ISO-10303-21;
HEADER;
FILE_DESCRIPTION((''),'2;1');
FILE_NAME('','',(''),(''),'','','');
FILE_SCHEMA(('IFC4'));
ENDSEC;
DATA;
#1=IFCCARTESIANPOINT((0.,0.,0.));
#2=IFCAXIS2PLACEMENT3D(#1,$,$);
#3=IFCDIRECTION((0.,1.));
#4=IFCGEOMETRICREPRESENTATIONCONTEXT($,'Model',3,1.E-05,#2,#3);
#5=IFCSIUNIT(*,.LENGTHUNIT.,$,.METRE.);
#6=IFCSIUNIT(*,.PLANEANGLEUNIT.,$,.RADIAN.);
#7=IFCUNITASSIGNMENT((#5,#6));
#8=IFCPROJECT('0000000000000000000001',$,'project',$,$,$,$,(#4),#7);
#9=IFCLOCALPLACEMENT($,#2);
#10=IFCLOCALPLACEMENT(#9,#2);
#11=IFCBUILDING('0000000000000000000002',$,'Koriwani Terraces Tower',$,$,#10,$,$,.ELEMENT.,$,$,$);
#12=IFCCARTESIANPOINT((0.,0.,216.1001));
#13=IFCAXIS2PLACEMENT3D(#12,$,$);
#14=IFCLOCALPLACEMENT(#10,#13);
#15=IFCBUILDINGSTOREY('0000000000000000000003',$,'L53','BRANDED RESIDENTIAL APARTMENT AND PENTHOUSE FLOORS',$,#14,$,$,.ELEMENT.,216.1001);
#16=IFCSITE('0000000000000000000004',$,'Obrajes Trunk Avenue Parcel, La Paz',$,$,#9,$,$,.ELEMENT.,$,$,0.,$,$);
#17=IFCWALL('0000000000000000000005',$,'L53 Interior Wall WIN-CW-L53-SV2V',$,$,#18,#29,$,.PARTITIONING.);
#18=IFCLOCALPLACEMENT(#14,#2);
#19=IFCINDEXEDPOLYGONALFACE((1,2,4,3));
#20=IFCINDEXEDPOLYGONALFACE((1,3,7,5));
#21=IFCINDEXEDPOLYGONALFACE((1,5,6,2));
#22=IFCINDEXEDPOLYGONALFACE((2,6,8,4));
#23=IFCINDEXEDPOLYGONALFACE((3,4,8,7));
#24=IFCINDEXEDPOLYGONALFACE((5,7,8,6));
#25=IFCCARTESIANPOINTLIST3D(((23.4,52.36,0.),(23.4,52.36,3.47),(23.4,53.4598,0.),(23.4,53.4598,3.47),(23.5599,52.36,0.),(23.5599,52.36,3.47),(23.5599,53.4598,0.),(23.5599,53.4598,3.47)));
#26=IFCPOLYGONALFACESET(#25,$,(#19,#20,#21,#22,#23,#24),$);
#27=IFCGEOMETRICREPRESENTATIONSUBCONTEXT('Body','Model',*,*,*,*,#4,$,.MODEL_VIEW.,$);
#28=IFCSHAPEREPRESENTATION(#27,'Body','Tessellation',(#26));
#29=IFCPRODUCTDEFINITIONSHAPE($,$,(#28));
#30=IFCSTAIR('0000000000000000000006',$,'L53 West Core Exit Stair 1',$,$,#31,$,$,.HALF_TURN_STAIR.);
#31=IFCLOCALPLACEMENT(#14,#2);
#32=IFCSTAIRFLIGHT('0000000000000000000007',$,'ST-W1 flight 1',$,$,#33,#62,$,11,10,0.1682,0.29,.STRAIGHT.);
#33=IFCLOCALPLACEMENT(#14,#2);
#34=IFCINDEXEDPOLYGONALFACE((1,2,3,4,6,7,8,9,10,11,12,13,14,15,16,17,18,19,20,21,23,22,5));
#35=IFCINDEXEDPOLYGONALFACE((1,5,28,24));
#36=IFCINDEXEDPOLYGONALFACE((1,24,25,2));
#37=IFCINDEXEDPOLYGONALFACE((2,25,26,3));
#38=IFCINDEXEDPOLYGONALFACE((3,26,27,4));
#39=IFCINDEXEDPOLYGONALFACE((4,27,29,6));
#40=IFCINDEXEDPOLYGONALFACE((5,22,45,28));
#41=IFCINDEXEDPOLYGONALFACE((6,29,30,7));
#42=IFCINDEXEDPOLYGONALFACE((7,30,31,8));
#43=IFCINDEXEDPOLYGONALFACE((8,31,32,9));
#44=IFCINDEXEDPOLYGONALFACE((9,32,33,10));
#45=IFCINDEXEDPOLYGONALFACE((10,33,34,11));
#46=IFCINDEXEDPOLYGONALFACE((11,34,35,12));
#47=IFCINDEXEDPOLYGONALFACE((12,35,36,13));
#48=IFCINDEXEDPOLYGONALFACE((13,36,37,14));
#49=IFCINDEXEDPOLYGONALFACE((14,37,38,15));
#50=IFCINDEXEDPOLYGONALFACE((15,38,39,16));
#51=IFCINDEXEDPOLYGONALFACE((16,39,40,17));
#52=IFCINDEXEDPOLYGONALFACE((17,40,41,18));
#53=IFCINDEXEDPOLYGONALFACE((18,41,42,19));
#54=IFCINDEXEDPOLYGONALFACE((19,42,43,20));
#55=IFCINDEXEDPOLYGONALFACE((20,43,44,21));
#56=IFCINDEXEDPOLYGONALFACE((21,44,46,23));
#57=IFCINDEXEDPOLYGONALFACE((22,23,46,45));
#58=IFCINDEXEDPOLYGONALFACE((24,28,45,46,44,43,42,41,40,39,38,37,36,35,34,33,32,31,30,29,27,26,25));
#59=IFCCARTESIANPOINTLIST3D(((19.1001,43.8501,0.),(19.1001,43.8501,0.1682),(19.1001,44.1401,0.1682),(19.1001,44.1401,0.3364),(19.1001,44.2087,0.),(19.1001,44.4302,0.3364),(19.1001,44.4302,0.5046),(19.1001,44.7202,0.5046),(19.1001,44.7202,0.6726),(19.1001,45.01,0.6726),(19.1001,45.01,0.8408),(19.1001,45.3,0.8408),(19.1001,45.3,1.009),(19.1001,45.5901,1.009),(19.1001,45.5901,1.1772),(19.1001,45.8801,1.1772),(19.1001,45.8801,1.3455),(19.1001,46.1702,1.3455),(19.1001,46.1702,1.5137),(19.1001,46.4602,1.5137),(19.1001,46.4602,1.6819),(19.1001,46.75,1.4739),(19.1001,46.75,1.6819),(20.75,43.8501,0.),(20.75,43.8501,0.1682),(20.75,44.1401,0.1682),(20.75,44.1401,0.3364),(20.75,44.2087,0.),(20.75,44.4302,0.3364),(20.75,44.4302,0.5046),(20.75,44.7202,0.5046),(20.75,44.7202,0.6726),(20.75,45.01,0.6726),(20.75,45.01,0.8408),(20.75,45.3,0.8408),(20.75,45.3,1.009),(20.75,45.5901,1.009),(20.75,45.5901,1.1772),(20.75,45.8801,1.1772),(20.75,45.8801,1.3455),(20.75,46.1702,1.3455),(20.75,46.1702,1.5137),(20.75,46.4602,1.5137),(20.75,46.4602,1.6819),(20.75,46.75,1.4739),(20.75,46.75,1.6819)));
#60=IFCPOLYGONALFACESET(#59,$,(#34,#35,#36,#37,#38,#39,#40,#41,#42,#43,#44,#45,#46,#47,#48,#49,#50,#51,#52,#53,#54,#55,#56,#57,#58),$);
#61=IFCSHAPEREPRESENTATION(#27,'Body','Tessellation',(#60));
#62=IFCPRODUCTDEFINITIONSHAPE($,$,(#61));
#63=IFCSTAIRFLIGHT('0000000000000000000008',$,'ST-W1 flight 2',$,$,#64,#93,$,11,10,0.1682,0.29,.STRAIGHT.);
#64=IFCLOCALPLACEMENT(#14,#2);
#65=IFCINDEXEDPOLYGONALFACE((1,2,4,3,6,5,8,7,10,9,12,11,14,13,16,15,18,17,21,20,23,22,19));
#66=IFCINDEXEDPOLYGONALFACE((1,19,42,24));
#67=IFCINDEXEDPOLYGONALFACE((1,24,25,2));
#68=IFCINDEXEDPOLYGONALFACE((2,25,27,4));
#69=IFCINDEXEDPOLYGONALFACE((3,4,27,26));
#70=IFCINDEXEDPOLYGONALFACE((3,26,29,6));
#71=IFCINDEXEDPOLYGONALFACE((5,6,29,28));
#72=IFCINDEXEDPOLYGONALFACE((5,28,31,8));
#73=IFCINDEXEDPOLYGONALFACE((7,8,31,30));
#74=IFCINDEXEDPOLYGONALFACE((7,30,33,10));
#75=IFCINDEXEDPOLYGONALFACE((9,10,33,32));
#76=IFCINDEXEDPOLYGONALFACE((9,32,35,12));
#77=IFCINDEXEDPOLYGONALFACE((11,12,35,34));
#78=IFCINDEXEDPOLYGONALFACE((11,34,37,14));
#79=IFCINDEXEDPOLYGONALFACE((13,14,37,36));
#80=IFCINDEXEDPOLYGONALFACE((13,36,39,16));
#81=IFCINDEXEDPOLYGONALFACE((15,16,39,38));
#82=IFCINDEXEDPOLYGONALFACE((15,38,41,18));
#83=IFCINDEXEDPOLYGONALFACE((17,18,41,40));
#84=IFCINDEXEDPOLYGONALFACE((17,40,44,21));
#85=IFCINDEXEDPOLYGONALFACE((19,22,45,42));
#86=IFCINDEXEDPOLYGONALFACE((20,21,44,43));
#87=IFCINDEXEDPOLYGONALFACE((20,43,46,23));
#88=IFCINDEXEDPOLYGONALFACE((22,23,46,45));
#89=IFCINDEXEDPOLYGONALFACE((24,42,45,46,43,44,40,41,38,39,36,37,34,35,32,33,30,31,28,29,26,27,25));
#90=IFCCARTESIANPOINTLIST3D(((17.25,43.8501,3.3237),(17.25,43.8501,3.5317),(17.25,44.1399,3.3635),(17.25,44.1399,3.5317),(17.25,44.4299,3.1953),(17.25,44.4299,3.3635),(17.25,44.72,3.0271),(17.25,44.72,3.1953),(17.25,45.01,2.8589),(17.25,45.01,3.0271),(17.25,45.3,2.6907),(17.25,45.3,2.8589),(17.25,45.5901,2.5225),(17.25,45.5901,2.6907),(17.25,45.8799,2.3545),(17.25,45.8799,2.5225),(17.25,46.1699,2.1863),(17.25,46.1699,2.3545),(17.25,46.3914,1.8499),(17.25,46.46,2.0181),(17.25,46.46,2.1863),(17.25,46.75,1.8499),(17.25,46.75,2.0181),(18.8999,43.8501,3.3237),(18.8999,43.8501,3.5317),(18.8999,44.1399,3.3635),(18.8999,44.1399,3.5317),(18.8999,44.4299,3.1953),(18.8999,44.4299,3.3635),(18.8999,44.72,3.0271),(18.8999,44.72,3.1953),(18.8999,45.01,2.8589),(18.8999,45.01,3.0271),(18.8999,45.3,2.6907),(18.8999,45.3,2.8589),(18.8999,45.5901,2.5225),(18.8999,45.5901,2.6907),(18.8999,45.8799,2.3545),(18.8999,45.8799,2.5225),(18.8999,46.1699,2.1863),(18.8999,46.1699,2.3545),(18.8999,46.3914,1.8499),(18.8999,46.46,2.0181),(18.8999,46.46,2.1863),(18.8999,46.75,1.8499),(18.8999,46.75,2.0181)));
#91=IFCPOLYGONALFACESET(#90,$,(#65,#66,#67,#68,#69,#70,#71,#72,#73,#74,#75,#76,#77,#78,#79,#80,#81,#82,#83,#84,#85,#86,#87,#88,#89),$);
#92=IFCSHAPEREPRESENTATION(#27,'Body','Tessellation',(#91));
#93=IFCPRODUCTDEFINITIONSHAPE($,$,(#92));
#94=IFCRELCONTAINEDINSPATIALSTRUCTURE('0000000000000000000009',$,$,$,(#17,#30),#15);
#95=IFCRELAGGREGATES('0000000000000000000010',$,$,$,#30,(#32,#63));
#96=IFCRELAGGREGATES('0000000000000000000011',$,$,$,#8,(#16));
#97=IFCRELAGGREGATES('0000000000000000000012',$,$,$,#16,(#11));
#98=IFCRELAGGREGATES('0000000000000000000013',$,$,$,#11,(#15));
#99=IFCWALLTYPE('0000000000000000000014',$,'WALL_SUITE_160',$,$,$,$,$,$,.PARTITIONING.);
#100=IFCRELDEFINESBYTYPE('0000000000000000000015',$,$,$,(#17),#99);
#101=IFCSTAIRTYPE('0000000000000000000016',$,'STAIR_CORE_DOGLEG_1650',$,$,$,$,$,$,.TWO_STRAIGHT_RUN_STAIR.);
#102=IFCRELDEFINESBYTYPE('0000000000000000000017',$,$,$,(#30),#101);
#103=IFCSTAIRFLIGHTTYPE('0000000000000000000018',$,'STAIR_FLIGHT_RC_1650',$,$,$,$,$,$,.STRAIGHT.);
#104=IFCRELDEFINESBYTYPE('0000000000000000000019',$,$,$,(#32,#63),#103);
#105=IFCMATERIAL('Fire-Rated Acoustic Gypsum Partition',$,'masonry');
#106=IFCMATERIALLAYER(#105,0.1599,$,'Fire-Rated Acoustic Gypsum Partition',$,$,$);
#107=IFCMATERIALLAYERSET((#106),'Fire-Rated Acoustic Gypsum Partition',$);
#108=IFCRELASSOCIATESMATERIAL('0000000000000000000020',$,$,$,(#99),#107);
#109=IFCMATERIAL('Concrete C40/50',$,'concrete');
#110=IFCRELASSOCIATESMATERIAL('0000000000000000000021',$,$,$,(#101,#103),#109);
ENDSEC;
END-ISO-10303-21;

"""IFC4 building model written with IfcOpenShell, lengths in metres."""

from ifc_helpers import new_model, si_unit, direction, frame, frame_2d, origin, place, context, subcontext, project, spatial, polyline, rectangle, outline, extrude, material, layer, layer_set, type_object, element, aggregate, save


model = new_model("IFC4")

# Units and contexts
model_context = context("Model", 3, precision=1e-05, world=origin(), true_north=direction((0.0, 1.0)))
body_context = subcontext(model_context, "Body", "Model", "MODEL_VIEW")
ifc_project = project(units=[si_unit("LENGTHUNIT", "METRE"), si_unit("PLANEANGLEUNIT", "RADIAN")], contexts=[model_context])

# Site, building, storey
site_placement = place(None, origin())
site = spatial("IfcSite", under=ifc_project, at=site_placement, Name="Obrajes Trunk Avenue Parcel, La Paz", CompositionType="ELEMENT", RefElevation=0.0)
building_placement = place(site_placement, origin())
building = spatial("IfcBuilding", under=site, at=building_placement, Name="Koriwani Terraces Tower", CompositionType="ELEMENT")
storey_placement = place(building_placement, frame((0.0, 0.0, 216.1001)))
storey = spatial("IfcBuildingStorey", under=building, at=storey_placement, Name="L53", Description="BRANDED RESIDENTIAL APARTMENT AND PENTHOUSE FLOORS", CompositionType="ELEMENT", Elevation=216.1001)

# Shared definitions
ifc_material_1 = material(Name="Concrete C40/50", Category="concrete")

# Shared definitions
ifc_material_2 = material(Name="Fire-Rated Acoustic Gypsum Partition", Category="masonry")
ifc_layer_1 = layer(ifc_material_2, 0.1599, Name="Fire-Rated Acoustic Gypsum Partition")
ifc_layer_set_1 = layer_set([ifc_layer_1], Name="Fire-Rated Acoustic Gypsum Partition")
wall_type_1 = type_object("IfcWallType", Name="WALL_SUITE_160", PredefinedType="PARTITIONING", material=ifc_layer_set_1)

# Wall
wall_1_placement = place(storey_placement, frame((23.48, 52.3601, 0.0), z_axis=(0.0, 0.0, 1.0), x_axis=(0.0, 1.0, 0.0)))
element("IfcWall", 1, at=wall_1_placement, inside=storey, type_object=wall_type_1, Name="L53 Interior Wall WIN-CW-L53-SV2V", PredefinedType="PARTITIONING", context=body_context, shape_type="SweptSolid", body=[
    extrude(rectangle(XDim=1.0999, YDim=0.1599, at=frame_2d((0.5498, 0.0))), origin(), (0.0, 0.0, 1.0), 3.47),
])

# Stair, stair flights
stair_type = type_object("IfcStairType", Name="STAIR_CORE_DOGLEG_1650", PredefinedType="TWO_STRAIGHT_RUN_STAIR", material=ifc_material_1)
stair_placement = place(storey_placement, origin())
stair = element("IfcStair", 2, at=stair_placement, inside=storey, type_object=stair_type, Name="L53 West Core Exit Stair 1", PredefinedType="HALF_TURN_STAIR")
stair_flight_type = type_object("IfcStairFlightType", Name="STAIR_FLIGHT_RC_1650", PredefinedType="STRAIGHT", material=ifc_material_1)
stair_flight_1_placement = place(storey_placement, frame((19.925, 43.8501, 0.0), z_axis=(0.0, 0.0, 1.0), x_axis=(0.0, 1.0, 0.0)))
stair_flight_1 = element("IfcStairFlight", 3, at=stair_flight_1_placement, type_object=stair_flight_type, Name="ST-W1 flight 1", NumberOfRisers=11, NumberOfTreads=10, PredefinedType="STRAIGHT", RiserHeight=0.1682, TreadLength=0.29, context=body_context, shape_type="SweptSolid", body=[
    extrude(outline(polyline([(0.0, 0.0), (0.0, 0.1682), (0.29, 0.1682), (0.29, 0.3364), (0.5801, 0.3364), (0.5801, 0.5046), (0.8701, 0.5046), (0.8701, 0.6726), (1.1599, 0.6726), (1.1599, 0.8408), (1.45, 0.8408), (1.45, 1.009), (1.74, 1.009), (1.74, 1.1772), (2.03, 1.1772), (2.03, 1.3455), (2.3201, 1.3455), (2.3201, 1.5137), (2.6101, 1.5137), (2.6101, 1.6819), (2.8999, 1.6819), (2.8999, 1.8501), (2.8999, 1.4739), (0.3586, 0.0), (0.0, 0.0)])), frame((0.0, 0.825, 0.0), z_axis=(0.0, -1.0, 0.0), x_axis=(1.0, 0.0, 0.0)), (0.0, 0.0, 1.0), 1.6499),
])
stair_flight_2_placement = place(storey_placement, frame((18.075, 46.75, 1.8499), z_axis=(0.0, 0.0, 1.0), x_axis=(0.0, -1.0, 0.0)))
stair_flight_2 = element("IfcStairFlight", 4, at=stair_flight_2_placement, type_object=stair_flight_type, Name="ST-W1 flight 2", NumberOfRisers=11, NumberOfTreads=10, PredefinedType="STRAIGHT", RiserHeight=0.1682, TreadLength=0.29, context=body_context, shape_type="SweptSolid", body=[
    extrude(outline(polyline([(0.0, 0.0), (0.0, 0.1682), (0.29, 0.1682), (0.29, 0.3364), (0.5801, 0.3364), (0.5801, 0.5046), (0.8701, 0.5046), (0.8701, 0.6726), (1.1599, 0.6726), (1.1599, 0.8408), (1.45, 0.8408), (1.45, 1.009), (1.74, 1.009), (1.74, 1.1772), (2.03, 1.1772), (2.03, 1.3455), (2.3201, 1.3455), (2.3201, 1.5137), (2.6101, 1.5137), (2.6101, 1.6819), (2.8999, 1.6819), (2.8999, 1.8501), (2.8999, 1.4739), (0.3586, 0.0), (0.0, 0.0)])), frame((0.0, 0.825, 0.0), z_axis=(0.0, -1.0, 0.0), x_axis=(1.0, 0.0, 0.0)), (0.0, 0.0, 1.0), 1.6499),
])
aggregate(stair, [stair_flight_1, stair_flight_2])

save(model, "model.ifc")
